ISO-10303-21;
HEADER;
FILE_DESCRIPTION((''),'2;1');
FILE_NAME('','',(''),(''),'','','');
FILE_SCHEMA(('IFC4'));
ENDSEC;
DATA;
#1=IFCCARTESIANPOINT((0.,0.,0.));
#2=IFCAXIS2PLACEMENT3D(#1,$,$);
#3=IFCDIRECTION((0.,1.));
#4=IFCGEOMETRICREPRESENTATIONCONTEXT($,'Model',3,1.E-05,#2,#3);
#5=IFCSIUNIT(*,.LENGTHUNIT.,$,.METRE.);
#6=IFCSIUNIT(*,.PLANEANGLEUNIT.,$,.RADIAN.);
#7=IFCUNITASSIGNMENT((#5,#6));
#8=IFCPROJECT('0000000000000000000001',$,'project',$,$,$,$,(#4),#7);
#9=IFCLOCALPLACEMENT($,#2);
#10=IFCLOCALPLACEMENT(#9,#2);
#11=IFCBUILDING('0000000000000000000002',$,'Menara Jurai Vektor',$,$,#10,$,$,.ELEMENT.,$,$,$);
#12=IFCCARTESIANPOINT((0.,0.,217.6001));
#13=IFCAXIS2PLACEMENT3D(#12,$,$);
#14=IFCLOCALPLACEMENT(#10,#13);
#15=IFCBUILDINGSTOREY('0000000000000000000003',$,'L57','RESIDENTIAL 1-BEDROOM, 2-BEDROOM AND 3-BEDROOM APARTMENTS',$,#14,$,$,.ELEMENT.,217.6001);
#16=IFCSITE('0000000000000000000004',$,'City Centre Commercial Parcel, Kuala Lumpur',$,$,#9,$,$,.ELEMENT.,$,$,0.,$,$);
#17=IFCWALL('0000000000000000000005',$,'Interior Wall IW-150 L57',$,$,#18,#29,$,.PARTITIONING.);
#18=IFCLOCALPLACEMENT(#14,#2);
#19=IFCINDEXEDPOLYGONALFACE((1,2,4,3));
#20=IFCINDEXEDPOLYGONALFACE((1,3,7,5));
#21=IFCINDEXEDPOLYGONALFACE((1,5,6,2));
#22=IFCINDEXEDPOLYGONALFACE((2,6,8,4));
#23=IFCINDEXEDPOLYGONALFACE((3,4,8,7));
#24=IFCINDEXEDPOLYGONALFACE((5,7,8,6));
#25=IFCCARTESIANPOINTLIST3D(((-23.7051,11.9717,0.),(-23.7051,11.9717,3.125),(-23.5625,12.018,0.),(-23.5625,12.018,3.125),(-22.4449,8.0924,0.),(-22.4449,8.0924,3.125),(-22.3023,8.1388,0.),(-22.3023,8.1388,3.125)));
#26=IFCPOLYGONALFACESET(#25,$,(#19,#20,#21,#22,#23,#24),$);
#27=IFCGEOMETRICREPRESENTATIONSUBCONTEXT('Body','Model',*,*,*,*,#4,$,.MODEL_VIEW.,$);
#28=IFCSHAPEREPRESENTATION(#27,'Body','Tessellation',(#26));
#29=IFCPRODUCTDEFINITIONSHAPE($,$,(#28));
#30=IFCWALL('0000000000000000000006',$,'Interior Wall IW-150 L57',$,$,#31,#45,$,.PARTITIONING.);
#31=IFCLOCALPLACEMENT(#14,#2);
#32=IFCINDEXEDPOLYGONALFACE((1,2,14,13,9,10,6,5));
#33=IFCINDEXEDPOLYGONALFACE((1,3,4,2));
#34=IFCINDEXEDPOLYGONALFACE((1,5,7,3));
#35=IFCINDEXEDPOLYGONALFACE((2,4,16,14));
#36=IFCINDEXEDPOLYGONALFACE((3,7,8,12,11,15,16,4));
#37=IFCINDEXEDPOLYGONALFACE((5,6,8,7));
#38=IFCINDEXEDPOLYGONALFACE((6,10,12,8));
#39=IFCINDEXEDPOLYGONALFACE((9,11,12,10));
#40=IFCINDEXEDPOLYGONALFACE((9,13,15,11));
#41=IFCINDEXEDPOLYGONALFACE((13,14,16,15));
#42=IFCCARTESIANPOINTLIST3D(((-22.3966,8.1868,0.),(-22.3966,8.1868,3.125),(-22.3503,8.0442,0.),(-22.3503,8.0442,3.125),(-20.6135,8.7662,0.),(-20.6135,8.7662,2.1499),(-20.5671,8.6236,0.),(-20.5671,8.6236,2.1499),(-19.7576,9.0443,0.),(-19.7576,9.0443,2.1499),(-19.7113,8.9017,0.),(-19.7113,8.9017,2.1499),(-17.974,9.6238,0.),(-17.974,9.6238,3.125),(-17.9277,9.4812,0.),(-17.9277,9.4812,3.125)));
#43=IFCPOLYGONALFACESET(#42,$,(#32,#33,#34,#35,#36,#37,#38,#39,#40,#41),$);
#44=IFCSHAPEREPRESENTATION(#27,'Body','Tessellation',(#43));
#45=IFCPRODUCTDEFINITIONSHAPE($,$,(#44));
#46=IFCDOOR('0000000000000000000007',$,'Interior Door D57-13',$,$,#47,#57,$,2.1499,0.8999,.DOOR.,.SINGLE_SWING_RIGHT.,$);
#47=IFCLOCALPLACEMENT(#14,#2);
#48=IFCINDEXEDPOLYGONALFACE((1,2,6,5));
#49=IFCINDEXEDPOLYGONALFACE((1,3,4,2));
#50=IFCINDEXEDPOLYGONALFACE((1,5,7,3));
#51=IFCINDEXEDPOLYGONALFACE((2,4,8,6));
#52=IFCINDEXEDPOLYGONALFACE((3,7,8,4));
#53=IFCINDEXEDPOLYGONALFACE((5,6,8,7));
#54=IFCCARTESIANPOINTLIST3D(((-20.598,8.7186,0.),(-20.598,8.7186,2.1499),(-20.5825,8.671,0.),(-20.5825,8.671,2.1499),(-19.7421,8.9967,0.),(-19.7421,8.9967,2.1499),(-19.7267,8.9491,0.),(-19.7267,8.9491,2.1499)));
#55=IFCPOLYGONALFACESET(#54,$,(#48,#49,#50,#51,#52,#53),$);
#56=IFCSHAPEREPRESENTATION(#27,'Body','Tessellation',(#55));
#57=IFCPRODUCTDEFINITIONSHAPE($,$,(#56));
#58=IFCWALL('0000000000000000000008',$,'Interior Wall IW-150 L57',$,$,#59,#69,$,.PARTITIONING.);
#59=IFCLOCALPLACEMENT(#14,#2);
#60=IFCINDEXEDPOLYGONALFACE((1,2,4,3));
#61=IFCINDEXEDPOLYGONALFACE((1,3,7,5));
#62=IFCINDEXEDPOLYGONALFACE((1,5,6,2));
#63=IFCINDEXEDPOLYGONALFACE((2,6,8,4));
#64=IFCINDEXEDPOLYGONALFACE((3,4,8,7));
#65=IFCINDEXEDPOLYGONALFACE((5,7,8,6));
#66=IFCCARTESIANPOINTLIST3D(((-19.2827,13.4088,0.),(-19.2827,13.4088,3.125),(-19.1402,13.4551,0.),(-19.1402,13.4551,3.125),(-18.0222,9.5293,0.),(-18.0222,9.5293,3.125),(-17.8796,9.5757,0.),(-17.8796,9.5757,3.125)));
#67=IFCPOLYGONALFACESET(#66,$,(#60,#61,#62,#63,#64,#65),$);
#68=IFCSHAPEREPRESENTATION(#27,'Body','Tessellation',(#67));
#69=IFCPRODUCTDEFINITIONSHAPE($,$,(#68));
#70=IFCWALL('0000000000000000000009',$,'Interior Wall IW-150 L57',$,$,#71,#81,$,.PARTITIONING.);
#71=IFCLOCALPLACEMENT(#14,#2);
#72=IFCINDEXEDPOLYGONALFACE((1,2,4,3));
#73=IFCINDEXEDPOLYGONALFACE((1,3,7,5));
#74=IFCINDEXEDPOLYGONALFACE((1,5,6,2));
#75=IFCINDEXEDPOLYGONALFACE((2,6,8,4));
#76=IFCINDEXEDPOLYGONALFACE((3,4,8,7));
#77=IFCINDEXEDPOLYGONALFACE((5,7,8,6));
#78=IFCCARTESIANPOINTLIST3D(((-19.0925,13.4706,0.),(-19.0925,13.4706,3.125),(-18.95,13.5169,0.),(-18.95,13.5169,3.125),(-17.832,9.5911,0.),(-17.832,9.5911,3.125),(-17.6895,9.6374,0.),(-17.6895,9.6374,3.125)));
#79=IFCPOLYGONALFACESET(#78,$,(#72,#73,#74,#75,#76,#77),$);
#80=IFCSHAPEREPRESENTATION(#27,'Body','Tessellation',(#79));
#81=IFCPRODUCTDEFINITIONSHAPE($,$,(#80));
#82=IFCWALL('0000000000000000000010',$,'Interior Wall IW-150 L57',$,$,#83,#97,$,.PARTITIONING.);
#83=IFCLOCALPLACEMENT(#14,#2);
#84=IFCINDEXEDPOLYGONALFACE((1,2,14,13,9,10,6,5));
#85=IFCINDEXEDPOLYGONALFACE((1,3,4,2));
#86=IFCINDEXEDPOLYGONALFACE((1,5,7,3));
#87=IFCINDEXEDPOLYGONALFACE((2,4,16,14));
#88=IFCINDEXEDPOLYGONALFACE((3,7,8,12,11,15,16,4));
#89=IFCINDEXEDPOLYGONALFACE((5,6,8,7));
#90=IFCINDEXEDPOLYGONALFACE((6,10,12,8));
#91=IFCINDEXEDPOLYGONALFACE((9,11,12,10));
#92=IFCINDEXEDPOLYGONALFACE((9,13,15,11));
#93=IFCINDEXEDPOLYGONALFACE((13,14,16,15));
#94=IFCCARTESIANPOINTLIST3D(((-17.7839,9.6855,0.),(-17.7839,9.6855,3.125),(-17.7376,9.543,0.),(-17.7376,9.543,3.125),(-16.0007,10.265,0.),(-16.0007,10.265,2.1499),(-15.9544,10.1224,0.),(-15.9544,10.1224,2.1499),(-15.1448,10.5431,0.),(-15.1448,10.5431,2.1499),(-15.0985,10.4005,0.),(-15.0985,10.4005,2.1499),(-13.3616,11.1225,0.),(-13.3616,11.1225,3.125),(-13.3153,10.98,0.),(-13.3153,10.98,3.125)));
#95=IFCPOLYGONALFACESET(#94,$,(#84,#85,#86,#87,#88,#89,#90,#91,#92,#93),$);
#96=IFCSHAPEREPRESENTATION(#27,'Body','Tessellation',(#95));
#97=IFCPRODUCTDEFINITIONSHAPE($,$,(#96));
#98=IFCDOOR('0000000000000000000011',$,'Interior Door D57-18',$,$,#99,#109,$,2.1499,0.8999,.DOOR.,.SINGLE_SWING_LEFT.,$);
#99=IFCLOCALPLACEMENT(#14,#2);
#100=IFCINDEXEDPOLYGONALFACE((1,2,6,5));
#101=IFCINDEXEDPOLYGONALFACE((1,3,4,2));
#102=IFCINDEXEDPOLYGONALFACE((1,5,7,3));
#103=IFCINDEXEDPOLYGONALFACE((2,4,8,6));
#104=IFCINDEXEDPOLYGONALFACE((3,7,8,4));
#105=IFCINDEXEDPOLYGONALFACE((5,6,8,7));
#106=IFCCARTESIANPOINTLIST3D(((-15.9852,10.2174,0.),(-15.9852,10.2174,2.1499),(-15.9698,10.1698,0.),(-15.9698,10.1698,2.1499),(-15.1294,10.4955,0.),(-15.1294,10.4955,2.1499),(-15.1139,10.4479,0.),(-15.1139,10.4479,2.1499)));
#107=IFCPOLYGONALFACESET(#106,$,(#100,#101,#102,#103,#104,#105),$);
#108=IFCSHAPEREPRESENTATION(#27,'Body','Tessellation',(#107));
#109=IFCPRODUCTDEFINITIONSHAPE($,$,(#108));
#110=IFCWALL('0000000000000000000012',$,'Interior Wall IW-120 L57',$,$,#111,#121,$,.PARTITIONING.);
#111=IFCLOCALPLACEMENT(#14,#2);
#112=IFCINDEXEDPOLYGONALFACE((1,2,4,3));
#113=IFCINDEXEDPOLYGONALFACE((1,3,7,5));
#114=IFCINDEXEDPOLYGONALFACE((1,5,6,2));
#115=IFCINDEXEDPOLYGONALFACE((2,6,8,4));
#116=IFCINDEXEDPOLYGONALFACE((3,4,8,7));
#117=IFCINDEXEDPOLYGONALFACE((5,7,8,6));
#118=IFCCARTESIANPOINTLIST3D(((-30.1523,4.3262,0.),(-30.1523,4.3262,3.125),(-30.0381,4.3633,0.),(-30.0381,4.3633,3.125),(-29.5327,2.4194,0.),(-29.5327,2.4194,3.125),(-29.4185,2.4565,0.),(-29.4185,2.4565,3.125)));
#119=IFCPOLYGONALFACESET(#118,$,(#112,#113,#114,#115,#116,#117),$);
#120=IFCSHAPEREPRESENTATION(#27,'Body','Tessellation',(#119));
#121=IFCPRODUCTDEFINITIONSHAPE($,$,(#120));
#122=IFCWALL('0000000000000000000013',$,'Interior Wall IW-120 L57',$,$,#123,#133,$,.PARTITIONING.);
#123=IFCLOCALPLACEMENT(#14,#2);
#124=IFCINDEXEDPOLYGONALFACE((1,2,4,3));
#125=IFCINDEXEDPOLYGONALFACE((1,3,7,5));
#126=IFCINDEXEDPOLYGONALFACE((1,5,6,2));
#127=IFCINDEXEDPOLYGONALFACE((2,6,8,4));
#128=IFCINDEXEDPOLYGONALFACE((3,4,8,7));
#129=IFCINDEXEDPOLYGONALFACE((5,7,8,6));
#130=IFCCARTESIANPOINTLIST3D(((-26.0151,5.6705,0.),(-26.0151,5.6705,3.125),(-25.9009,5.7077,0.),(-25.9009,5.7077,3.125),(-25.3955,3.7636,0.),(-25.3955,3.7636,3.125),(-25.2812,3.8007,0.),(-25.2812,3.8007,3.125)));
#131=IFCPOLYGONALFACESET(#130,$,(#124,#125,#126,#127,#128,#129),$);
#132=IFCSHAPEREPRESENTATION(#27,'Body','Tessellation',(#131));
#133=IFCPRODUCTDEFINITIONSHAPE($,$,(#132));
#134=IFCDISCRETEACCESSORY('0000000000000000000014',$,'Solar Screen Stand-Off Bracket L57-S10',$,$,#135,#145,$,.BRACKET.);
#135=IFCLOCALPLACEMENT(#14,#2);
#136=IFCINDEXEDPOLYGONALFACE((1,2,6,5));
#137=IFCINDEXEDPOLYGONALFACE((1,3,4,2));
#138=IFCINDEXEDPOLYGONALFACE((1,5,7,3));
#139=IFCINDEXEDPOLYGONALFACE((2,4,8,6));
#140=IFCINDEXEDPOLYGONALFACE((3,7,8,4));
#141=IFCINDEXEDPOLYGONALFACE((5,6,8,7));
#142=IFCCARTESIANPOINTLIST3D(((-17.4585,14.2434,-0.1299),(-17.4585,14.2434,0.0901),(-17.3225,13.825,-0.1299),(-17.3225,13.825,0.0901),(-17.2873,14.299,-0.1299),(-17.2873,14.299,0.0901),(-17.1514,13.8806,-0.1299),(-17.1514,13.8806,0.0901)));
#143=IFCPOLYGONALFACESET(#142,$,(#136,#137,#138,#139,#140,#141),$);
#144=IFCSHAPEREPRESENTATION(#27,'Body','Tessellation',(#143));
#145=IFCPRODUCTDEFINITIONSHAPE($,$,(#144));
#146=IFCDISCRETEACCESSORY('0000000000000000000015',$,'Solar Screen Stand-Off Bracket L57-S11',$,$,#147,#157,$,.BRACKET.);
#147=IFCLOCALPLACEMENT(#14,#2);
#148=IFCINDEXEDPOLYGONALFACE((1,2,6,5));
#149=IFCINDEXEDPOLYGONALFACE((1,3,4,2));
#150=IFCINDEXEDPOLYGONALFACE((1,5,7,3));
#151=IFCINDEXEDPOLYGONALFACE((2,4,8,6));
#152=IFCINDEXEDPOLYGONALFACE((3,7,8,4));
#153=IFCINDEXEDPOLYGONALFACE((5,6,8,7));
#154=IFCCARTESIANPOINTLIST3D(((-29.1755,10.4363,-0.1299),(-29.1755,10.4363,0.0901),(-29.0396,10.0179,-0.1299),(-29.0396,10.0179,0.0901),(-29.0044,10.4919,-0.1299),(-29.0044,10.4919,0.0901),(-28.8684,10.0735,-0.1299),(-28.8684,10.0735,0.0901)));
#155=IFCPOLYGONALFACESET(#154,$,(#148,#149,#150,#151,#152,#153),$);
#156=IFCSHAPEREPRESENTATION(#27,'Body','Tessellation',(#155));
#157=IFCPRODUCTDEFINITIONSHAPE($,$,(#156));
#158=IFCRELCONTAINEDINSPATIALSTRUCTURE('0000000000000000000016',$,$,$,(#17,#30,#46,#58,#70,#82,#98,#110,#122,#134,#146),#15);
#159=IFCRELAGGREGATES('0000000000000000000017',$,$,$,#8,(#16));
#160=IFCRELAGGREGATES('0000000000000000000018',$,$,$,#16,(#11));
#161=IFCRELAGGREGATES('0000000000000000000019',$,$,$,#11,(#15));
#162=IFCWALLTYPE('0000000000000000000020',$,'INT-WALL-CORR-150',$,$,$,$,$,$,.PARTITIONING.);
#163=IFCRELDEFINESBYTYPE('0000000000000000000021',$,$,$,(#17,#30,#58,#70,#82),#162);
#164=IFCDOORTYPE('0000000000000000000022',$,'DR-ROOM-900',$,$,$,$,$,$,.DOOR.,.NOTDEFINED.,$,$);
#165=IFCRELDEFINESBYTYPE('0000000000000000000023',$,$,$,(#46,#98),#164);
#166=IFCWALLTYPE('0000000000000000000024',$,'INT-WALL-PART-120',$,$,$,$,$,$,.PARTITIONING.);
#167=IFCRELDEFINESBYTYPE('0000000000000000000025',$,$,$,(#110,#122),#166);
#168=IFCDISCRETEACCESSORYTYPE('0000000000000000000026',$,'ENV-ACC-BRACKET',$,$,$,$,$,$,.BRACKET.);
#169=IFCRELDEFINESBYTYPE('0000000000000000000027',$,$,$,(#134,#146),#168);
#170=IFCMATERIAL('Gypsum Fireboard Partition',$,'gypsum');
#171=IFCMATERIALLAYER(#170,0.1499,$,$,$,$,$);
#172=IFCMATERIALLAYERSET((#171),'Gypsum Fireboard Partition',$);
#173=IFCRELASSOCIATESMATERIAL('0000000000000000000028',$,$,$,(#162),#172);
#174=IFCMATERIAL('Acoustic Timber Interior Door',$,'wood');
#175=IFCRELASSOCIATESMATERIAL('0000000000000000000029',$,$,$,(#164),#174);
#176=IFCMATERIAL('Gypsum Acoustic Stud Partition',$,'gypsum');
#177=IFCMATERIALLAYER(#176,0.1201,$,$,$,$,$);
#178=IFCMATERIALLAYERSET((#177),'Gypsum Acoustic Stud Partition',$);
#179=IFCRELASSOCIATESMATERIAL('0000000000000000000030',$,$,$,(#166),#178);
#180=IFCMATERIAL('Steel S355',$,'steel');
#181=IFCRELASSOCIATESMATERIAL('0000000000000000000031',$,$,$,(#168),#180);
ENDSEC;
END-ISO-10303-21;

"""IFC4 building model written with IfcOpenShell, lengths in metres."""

from ifc_helpers import new_model, si_unit, direction, frame, frame_2d, origin, origin_2d, place, context, subcontext, project, spatial, rectangle, extrude, material, layer, layer_set, type_object, element, fill, save


model = new_model("IFC4")

# Units and contexts
model_context = context("Model", 3, precision=1e-05, world=origin(), true_north=direction((0.0, 1.0)))
body_context = subcontext(model_context, "Body", "Model", "MODEL_VIEW")
ifc_project = project(units=[si_unit("LENGTHUNIT", "METRE"), si_unit("PLANEANGLEUNIT", "RADIAN")], contexts=[model_context])

# Site, building, storey
site_placement = place(None, origin())
site = spatial("IfcSite", under=ifc_project, at=site_placement, Name="City Centre Commercial Parcel, Kuala Lumpur", CompositionType="ELEMENT", RefElevation=0.0)
building_placement = place(site_placement, origin())
building = spatial("IfcBuilding", under=site, at=building_placement, Name="Menara Jurai Vektor", CompositionType="ELEMENT")
storey_placement = place(building_placement, frame((0.0, 0.0, 217.6001)))
storey = spatial("IfcBuildingStorey", under=building, at=storey_placement, Name="L57", Description="RESIDENTIAL 1-BEDROOM, 2-BEDROOM AND 3-BEDROOM APARTMENTS", CompositionType="ELEMENT", Elevation=217.6001)

# Shared definitions
ifc_material_1 = material(Name="Steel S355", Category="steel")

# Shared definitions
ifc_material_2 = material(Name="Gypsum Fireboard Partition", Category="gypsum")
ifc_layer_1 = layer(ifc_material_2, 0.1499)
ifc_layer_set_1 = layer_set([ifc_layer_1], Name="Gypsum Fireboard Partition")
wall_type_1 = type_object("IfcWallType", Name="INT-WALL-CORR-150", PredefinedType="PARTITIONING", material=ifc_layer_set_1)

# Wall
wall_1_placement = place(storey_placement, frame((-22.3735, 8.1155, 0.0), z_axis=(0.0, 0.0, 1.0), x_axis=(-0.308964, 0.951074, 0.0)))
element("IfcWall", 1, at=wall_1_placement, inside=storey, type_object=wall_type_1, Name="Interior Wall IW-150 L57", PredefinedType="PARTITIONING", context=body_context, shape_type="SweptSolid", body=[
    extrude(rectangle(XDim=4.0789, YDim=0.1499, at=frame_2d((2.0396, 0.0))), origin(), (0.0, 0.0, 1.0), 3.125),
])

# Wall, opening, door
wall_2_placement = place(storey_placement, frame((-22.3735, 8.1155, 0.0), z_axis=(0.0, 0.0, 1.0), x_axis=(0.951055, 0.309021, 0.0)))
wall_2 = element("IfcWall", 2, at=wall_2_placement, inside=storey, type_object=wall_type_1, Name="Interior Wall IW-150 L57", PredefinedType="PARTITIONING", context=body_context, shape_type="SweptSolid", body=[
    extrude(rectangle(XDim=4.6501, YDim=0.1499, at=frame_2d((2.3252, 0.0))), origin(), (0.0, 0.0, 1.0), 3.125),
])
opening_1_placement = place(wall_2_placement, frame((1.875, 0.0, 0.0)))
opening_1 = element("IfcOpeningElement", 3, at=opening_1_placement, cuts=wall_2, PredefinedType="OPENING", context=body_context, shape_type="SweptSolid", body=[
    extrude(rectangle(XDim=0.8999, YDim=2.1499, at=frame_2d((0.45, 1.075))), frame((0.0, 0.085, 0.0), z_axis=(0.0, -1.0, 0.0), x_axis=(1.0, 0.0, 0.0)), (0.0, 0.0, 1.0), 0.1699),
])
ifc_material_3 = material(Name="Acoustic Timber Interior Door", Category="wood")
door_type_1 = type_object("IfcDoorType", Name="DR-ROOM-900", OperationType="NOTDEFINED", PredefinedType="DOOR", material=ifc_material_3)
door_1_placement = place(opening_1_placement, origin())
door_1 = element("IfcDoor", 4, at=door_1_placement, inside=storey, type_object=door_type_1, Name="Interior Door D57-13", OperationType="SINGLE_SWING_RIGHT", OverallHeight=2.1499, OverallWidth=0.8999, PredefinedType="DOOR", context=body_context, shape_type="SweptSolid", body=[
    extrude(rectangle(XDim=0.8999, YDim=2.1499, at=frame_2d((0.45, 1.075))), frame((0.0, 0.0249, 0.0), z_axis=(0.0, -1.0, 0.0), x_axis=(1.0, 0.0, 0.0)), (0.0, 0.0, 1.0), 0.05),
])
fill(opening_1, door_1)

# Walls
for number, where, z_axis, x_axis, name in (
    (5, (-17.9509, 9.5525, 0.0), (0.0, 0.0, 1.0), (-0.309018, 0.951056, 0.0), "Interior Wall IW-150 L57"),
    (6, (-17.7607, 9.6143, 0.0), (0.0, 0.0, 1.0), (-0.309018, 0.951056, 0.0), "Interior Wall IW-150 L57"),
):
    element("IfcWall", number, at=place(storey_placement, frame(where, z_axis=z_axis, x_axis=x_axis)), inside=storey, type_object=wall_type_1, Name=name, PredefinedType="PARTITIONING", context=body_context, shape_type="SweptSolid", body=[
        extrude(rectangle(XDim=4.0791, YDim=0.1499, at=frame_2d((2.0396, 0.0))), origin(), (0.0, 0.0, 1.0), 3.125),
    ])

# Wall, opening, door
wall_3_placement = place(storey_placement, frame((-17.7607, 9.6143, 0.0), z_axis=(0.0, 0.0, 1.0), x_axis=(0.95105, 0.309036, 0.0)))
wall_3 = element("IfcWall", 7, at=wall_3_placement, inside=storey, type_object=wall_type_1, Name="Interior Wall IW-150 L57", PredefinedType="PARTITIONING", context=body_context, shape_type="SweptSolid", body=[
    extrude(rectangle(XDim=4.6499, YDim=0.1499, at=frame_2d((2.325, 0.0))), origin(), (0.0, 0.0, 1.0), 3.125),
])
opening_2_placement = place(wall_3_placement, frame((1.875, 0.0, 0.0)))
opening_2 = element("IfcOpeningElement", 8, at=opening_2_placement, cuts=wall_3, PredefinedType="OPENING", context=body_context, shape_type="SweptSolid", body=[
    extrude(rectangle(XDim=0.8999, YDim=2.1499, at=frame_2d((0.45, 1.075))), frame((0.0, 0.085, 0.0), z_axis=(0.0, -1.0, 0.0), x_axis=(1.0, 0.0, 0.0)), (0.0, 0.0, 1.0), 0.1699),
])
door_2_placement = place(opening_2_placement, origin())
door_2 = element("IfcDoor", 9, at=door_2_placement, inside=storey, type_object=door_type_1, Name="Interior Door D57-18", OperationType="SINGLE_SWING_LEFT", OverallHeight=2.1499, OverallWidth=0.8999, PredefinedType="DOOR", context=body_context, shape_type="SweptSolid", body=[
    extrude(rectangle(XDim=0.8999, YDim=2.1499, at=frame_2d((0.45, 1.075))), frame((0.0, 0.0249, 0.0), z_axis=(0.0, -1.0, 0.0), x_axis=(1.0, 0.0, 0.0)), (0.0, 0.0, 1.0), 0.05),
])
fill(opening_2, door_2)

# Walls
ifc_material_4 = material(Name="Gypsum Acoustic Stud Partition", Category="gypsum")
ifc_layer_2 = layer(ifc_material_4, 0.1201)
ifc_layer_set_2 = layer_set([ifc_layer_2], Name="Gypsum Acoustic Stud Partition")
wall_type_2 = type_object("IfcWallType", Name="INT-WALL-PART-120", PredefinedType="PARTITIONING", material=ifc_layer_set_2)
wall_4_placement = place(storey_placement, frame((-29.4756, 2.438, 0.0), z_axis=(0.0, 0.0, 1.0), x_axis=(-0.309059, 0.951043, 0.0)))
element("IfcWall", 10, at=wall_4_placement, inside=storey, type_object=wall_type_2, Name="Interior Wall IW-120 L57", PredefinedType="PARTITIONING", context=body_context, shape_type="SweptSolid", body=[
    extrude(rectangle(XDim=2.0049, YDim=0.1201, at=frame_2d((1.0024, 0.0))), origin(), (0.0, 0.0, 1.0), 3.125),
])
wall_5_placement = place(storey_placement, frame((-25.3384, 3.7822, 0.0), z_axis=(0.0, 0.0, 1.0), x_axis=(-0.309023, 0.951055, 0.0)))
element("IfcWall", 11, at=wall_5_placement, inside=storey, type_object=wall_type_2, Name="Interior Wall IW-120 L57", PredefinedType="PARTITIONING", context=body_context, shape_type="SweptSolid", body=[
    extrude(rectangle(XDim=2.0051, YDim=0.1201, at=frame_2d((1.0024, 0.0))), origin(), (0.0, 0.0, 1.0), 3.125),
])

# Discrete accessories
discrete_accessory_type = type_object("IfcDiscreteAccessoryType", Name="ENV-ACC-BRACKET", PredefinedType="BRACKET", material=ifc_material_1)
for number, where, z_axis, x_axis, name in (
    (12, (-17.3049, 14.062, -0.1299), (0.0, 0.0, 1.0), (-0.951057, -0.309017, 0.0), "Solar Screen Stand-Off Bracket L57-S10"),
    (13, (-29.022, 10.2549, -0.1299), (0.0, 0.0, 1.0), (-0.951057, -0.309017, 0.0), "Solar Screen Stand-Off Bracket L57-S11"),
):
    element("IfcDiscreteAccessory", number, at=place(storey_placement, frame(where, z_axis=z_axis, x_axis=x_axis)), inside=storey, type_object=discrete_accessory_type, Name=name, PredefinedType="BRACKET", context=body_context, shape_type="SweptSolid", body=[
        extrude(rectangle(XDim=0.1799, YDim=0.4399, at=origin_2d()), origin(), (0.0, 0.0, 1.0), 0.22),
    ])

save(model, "model.ifc")
